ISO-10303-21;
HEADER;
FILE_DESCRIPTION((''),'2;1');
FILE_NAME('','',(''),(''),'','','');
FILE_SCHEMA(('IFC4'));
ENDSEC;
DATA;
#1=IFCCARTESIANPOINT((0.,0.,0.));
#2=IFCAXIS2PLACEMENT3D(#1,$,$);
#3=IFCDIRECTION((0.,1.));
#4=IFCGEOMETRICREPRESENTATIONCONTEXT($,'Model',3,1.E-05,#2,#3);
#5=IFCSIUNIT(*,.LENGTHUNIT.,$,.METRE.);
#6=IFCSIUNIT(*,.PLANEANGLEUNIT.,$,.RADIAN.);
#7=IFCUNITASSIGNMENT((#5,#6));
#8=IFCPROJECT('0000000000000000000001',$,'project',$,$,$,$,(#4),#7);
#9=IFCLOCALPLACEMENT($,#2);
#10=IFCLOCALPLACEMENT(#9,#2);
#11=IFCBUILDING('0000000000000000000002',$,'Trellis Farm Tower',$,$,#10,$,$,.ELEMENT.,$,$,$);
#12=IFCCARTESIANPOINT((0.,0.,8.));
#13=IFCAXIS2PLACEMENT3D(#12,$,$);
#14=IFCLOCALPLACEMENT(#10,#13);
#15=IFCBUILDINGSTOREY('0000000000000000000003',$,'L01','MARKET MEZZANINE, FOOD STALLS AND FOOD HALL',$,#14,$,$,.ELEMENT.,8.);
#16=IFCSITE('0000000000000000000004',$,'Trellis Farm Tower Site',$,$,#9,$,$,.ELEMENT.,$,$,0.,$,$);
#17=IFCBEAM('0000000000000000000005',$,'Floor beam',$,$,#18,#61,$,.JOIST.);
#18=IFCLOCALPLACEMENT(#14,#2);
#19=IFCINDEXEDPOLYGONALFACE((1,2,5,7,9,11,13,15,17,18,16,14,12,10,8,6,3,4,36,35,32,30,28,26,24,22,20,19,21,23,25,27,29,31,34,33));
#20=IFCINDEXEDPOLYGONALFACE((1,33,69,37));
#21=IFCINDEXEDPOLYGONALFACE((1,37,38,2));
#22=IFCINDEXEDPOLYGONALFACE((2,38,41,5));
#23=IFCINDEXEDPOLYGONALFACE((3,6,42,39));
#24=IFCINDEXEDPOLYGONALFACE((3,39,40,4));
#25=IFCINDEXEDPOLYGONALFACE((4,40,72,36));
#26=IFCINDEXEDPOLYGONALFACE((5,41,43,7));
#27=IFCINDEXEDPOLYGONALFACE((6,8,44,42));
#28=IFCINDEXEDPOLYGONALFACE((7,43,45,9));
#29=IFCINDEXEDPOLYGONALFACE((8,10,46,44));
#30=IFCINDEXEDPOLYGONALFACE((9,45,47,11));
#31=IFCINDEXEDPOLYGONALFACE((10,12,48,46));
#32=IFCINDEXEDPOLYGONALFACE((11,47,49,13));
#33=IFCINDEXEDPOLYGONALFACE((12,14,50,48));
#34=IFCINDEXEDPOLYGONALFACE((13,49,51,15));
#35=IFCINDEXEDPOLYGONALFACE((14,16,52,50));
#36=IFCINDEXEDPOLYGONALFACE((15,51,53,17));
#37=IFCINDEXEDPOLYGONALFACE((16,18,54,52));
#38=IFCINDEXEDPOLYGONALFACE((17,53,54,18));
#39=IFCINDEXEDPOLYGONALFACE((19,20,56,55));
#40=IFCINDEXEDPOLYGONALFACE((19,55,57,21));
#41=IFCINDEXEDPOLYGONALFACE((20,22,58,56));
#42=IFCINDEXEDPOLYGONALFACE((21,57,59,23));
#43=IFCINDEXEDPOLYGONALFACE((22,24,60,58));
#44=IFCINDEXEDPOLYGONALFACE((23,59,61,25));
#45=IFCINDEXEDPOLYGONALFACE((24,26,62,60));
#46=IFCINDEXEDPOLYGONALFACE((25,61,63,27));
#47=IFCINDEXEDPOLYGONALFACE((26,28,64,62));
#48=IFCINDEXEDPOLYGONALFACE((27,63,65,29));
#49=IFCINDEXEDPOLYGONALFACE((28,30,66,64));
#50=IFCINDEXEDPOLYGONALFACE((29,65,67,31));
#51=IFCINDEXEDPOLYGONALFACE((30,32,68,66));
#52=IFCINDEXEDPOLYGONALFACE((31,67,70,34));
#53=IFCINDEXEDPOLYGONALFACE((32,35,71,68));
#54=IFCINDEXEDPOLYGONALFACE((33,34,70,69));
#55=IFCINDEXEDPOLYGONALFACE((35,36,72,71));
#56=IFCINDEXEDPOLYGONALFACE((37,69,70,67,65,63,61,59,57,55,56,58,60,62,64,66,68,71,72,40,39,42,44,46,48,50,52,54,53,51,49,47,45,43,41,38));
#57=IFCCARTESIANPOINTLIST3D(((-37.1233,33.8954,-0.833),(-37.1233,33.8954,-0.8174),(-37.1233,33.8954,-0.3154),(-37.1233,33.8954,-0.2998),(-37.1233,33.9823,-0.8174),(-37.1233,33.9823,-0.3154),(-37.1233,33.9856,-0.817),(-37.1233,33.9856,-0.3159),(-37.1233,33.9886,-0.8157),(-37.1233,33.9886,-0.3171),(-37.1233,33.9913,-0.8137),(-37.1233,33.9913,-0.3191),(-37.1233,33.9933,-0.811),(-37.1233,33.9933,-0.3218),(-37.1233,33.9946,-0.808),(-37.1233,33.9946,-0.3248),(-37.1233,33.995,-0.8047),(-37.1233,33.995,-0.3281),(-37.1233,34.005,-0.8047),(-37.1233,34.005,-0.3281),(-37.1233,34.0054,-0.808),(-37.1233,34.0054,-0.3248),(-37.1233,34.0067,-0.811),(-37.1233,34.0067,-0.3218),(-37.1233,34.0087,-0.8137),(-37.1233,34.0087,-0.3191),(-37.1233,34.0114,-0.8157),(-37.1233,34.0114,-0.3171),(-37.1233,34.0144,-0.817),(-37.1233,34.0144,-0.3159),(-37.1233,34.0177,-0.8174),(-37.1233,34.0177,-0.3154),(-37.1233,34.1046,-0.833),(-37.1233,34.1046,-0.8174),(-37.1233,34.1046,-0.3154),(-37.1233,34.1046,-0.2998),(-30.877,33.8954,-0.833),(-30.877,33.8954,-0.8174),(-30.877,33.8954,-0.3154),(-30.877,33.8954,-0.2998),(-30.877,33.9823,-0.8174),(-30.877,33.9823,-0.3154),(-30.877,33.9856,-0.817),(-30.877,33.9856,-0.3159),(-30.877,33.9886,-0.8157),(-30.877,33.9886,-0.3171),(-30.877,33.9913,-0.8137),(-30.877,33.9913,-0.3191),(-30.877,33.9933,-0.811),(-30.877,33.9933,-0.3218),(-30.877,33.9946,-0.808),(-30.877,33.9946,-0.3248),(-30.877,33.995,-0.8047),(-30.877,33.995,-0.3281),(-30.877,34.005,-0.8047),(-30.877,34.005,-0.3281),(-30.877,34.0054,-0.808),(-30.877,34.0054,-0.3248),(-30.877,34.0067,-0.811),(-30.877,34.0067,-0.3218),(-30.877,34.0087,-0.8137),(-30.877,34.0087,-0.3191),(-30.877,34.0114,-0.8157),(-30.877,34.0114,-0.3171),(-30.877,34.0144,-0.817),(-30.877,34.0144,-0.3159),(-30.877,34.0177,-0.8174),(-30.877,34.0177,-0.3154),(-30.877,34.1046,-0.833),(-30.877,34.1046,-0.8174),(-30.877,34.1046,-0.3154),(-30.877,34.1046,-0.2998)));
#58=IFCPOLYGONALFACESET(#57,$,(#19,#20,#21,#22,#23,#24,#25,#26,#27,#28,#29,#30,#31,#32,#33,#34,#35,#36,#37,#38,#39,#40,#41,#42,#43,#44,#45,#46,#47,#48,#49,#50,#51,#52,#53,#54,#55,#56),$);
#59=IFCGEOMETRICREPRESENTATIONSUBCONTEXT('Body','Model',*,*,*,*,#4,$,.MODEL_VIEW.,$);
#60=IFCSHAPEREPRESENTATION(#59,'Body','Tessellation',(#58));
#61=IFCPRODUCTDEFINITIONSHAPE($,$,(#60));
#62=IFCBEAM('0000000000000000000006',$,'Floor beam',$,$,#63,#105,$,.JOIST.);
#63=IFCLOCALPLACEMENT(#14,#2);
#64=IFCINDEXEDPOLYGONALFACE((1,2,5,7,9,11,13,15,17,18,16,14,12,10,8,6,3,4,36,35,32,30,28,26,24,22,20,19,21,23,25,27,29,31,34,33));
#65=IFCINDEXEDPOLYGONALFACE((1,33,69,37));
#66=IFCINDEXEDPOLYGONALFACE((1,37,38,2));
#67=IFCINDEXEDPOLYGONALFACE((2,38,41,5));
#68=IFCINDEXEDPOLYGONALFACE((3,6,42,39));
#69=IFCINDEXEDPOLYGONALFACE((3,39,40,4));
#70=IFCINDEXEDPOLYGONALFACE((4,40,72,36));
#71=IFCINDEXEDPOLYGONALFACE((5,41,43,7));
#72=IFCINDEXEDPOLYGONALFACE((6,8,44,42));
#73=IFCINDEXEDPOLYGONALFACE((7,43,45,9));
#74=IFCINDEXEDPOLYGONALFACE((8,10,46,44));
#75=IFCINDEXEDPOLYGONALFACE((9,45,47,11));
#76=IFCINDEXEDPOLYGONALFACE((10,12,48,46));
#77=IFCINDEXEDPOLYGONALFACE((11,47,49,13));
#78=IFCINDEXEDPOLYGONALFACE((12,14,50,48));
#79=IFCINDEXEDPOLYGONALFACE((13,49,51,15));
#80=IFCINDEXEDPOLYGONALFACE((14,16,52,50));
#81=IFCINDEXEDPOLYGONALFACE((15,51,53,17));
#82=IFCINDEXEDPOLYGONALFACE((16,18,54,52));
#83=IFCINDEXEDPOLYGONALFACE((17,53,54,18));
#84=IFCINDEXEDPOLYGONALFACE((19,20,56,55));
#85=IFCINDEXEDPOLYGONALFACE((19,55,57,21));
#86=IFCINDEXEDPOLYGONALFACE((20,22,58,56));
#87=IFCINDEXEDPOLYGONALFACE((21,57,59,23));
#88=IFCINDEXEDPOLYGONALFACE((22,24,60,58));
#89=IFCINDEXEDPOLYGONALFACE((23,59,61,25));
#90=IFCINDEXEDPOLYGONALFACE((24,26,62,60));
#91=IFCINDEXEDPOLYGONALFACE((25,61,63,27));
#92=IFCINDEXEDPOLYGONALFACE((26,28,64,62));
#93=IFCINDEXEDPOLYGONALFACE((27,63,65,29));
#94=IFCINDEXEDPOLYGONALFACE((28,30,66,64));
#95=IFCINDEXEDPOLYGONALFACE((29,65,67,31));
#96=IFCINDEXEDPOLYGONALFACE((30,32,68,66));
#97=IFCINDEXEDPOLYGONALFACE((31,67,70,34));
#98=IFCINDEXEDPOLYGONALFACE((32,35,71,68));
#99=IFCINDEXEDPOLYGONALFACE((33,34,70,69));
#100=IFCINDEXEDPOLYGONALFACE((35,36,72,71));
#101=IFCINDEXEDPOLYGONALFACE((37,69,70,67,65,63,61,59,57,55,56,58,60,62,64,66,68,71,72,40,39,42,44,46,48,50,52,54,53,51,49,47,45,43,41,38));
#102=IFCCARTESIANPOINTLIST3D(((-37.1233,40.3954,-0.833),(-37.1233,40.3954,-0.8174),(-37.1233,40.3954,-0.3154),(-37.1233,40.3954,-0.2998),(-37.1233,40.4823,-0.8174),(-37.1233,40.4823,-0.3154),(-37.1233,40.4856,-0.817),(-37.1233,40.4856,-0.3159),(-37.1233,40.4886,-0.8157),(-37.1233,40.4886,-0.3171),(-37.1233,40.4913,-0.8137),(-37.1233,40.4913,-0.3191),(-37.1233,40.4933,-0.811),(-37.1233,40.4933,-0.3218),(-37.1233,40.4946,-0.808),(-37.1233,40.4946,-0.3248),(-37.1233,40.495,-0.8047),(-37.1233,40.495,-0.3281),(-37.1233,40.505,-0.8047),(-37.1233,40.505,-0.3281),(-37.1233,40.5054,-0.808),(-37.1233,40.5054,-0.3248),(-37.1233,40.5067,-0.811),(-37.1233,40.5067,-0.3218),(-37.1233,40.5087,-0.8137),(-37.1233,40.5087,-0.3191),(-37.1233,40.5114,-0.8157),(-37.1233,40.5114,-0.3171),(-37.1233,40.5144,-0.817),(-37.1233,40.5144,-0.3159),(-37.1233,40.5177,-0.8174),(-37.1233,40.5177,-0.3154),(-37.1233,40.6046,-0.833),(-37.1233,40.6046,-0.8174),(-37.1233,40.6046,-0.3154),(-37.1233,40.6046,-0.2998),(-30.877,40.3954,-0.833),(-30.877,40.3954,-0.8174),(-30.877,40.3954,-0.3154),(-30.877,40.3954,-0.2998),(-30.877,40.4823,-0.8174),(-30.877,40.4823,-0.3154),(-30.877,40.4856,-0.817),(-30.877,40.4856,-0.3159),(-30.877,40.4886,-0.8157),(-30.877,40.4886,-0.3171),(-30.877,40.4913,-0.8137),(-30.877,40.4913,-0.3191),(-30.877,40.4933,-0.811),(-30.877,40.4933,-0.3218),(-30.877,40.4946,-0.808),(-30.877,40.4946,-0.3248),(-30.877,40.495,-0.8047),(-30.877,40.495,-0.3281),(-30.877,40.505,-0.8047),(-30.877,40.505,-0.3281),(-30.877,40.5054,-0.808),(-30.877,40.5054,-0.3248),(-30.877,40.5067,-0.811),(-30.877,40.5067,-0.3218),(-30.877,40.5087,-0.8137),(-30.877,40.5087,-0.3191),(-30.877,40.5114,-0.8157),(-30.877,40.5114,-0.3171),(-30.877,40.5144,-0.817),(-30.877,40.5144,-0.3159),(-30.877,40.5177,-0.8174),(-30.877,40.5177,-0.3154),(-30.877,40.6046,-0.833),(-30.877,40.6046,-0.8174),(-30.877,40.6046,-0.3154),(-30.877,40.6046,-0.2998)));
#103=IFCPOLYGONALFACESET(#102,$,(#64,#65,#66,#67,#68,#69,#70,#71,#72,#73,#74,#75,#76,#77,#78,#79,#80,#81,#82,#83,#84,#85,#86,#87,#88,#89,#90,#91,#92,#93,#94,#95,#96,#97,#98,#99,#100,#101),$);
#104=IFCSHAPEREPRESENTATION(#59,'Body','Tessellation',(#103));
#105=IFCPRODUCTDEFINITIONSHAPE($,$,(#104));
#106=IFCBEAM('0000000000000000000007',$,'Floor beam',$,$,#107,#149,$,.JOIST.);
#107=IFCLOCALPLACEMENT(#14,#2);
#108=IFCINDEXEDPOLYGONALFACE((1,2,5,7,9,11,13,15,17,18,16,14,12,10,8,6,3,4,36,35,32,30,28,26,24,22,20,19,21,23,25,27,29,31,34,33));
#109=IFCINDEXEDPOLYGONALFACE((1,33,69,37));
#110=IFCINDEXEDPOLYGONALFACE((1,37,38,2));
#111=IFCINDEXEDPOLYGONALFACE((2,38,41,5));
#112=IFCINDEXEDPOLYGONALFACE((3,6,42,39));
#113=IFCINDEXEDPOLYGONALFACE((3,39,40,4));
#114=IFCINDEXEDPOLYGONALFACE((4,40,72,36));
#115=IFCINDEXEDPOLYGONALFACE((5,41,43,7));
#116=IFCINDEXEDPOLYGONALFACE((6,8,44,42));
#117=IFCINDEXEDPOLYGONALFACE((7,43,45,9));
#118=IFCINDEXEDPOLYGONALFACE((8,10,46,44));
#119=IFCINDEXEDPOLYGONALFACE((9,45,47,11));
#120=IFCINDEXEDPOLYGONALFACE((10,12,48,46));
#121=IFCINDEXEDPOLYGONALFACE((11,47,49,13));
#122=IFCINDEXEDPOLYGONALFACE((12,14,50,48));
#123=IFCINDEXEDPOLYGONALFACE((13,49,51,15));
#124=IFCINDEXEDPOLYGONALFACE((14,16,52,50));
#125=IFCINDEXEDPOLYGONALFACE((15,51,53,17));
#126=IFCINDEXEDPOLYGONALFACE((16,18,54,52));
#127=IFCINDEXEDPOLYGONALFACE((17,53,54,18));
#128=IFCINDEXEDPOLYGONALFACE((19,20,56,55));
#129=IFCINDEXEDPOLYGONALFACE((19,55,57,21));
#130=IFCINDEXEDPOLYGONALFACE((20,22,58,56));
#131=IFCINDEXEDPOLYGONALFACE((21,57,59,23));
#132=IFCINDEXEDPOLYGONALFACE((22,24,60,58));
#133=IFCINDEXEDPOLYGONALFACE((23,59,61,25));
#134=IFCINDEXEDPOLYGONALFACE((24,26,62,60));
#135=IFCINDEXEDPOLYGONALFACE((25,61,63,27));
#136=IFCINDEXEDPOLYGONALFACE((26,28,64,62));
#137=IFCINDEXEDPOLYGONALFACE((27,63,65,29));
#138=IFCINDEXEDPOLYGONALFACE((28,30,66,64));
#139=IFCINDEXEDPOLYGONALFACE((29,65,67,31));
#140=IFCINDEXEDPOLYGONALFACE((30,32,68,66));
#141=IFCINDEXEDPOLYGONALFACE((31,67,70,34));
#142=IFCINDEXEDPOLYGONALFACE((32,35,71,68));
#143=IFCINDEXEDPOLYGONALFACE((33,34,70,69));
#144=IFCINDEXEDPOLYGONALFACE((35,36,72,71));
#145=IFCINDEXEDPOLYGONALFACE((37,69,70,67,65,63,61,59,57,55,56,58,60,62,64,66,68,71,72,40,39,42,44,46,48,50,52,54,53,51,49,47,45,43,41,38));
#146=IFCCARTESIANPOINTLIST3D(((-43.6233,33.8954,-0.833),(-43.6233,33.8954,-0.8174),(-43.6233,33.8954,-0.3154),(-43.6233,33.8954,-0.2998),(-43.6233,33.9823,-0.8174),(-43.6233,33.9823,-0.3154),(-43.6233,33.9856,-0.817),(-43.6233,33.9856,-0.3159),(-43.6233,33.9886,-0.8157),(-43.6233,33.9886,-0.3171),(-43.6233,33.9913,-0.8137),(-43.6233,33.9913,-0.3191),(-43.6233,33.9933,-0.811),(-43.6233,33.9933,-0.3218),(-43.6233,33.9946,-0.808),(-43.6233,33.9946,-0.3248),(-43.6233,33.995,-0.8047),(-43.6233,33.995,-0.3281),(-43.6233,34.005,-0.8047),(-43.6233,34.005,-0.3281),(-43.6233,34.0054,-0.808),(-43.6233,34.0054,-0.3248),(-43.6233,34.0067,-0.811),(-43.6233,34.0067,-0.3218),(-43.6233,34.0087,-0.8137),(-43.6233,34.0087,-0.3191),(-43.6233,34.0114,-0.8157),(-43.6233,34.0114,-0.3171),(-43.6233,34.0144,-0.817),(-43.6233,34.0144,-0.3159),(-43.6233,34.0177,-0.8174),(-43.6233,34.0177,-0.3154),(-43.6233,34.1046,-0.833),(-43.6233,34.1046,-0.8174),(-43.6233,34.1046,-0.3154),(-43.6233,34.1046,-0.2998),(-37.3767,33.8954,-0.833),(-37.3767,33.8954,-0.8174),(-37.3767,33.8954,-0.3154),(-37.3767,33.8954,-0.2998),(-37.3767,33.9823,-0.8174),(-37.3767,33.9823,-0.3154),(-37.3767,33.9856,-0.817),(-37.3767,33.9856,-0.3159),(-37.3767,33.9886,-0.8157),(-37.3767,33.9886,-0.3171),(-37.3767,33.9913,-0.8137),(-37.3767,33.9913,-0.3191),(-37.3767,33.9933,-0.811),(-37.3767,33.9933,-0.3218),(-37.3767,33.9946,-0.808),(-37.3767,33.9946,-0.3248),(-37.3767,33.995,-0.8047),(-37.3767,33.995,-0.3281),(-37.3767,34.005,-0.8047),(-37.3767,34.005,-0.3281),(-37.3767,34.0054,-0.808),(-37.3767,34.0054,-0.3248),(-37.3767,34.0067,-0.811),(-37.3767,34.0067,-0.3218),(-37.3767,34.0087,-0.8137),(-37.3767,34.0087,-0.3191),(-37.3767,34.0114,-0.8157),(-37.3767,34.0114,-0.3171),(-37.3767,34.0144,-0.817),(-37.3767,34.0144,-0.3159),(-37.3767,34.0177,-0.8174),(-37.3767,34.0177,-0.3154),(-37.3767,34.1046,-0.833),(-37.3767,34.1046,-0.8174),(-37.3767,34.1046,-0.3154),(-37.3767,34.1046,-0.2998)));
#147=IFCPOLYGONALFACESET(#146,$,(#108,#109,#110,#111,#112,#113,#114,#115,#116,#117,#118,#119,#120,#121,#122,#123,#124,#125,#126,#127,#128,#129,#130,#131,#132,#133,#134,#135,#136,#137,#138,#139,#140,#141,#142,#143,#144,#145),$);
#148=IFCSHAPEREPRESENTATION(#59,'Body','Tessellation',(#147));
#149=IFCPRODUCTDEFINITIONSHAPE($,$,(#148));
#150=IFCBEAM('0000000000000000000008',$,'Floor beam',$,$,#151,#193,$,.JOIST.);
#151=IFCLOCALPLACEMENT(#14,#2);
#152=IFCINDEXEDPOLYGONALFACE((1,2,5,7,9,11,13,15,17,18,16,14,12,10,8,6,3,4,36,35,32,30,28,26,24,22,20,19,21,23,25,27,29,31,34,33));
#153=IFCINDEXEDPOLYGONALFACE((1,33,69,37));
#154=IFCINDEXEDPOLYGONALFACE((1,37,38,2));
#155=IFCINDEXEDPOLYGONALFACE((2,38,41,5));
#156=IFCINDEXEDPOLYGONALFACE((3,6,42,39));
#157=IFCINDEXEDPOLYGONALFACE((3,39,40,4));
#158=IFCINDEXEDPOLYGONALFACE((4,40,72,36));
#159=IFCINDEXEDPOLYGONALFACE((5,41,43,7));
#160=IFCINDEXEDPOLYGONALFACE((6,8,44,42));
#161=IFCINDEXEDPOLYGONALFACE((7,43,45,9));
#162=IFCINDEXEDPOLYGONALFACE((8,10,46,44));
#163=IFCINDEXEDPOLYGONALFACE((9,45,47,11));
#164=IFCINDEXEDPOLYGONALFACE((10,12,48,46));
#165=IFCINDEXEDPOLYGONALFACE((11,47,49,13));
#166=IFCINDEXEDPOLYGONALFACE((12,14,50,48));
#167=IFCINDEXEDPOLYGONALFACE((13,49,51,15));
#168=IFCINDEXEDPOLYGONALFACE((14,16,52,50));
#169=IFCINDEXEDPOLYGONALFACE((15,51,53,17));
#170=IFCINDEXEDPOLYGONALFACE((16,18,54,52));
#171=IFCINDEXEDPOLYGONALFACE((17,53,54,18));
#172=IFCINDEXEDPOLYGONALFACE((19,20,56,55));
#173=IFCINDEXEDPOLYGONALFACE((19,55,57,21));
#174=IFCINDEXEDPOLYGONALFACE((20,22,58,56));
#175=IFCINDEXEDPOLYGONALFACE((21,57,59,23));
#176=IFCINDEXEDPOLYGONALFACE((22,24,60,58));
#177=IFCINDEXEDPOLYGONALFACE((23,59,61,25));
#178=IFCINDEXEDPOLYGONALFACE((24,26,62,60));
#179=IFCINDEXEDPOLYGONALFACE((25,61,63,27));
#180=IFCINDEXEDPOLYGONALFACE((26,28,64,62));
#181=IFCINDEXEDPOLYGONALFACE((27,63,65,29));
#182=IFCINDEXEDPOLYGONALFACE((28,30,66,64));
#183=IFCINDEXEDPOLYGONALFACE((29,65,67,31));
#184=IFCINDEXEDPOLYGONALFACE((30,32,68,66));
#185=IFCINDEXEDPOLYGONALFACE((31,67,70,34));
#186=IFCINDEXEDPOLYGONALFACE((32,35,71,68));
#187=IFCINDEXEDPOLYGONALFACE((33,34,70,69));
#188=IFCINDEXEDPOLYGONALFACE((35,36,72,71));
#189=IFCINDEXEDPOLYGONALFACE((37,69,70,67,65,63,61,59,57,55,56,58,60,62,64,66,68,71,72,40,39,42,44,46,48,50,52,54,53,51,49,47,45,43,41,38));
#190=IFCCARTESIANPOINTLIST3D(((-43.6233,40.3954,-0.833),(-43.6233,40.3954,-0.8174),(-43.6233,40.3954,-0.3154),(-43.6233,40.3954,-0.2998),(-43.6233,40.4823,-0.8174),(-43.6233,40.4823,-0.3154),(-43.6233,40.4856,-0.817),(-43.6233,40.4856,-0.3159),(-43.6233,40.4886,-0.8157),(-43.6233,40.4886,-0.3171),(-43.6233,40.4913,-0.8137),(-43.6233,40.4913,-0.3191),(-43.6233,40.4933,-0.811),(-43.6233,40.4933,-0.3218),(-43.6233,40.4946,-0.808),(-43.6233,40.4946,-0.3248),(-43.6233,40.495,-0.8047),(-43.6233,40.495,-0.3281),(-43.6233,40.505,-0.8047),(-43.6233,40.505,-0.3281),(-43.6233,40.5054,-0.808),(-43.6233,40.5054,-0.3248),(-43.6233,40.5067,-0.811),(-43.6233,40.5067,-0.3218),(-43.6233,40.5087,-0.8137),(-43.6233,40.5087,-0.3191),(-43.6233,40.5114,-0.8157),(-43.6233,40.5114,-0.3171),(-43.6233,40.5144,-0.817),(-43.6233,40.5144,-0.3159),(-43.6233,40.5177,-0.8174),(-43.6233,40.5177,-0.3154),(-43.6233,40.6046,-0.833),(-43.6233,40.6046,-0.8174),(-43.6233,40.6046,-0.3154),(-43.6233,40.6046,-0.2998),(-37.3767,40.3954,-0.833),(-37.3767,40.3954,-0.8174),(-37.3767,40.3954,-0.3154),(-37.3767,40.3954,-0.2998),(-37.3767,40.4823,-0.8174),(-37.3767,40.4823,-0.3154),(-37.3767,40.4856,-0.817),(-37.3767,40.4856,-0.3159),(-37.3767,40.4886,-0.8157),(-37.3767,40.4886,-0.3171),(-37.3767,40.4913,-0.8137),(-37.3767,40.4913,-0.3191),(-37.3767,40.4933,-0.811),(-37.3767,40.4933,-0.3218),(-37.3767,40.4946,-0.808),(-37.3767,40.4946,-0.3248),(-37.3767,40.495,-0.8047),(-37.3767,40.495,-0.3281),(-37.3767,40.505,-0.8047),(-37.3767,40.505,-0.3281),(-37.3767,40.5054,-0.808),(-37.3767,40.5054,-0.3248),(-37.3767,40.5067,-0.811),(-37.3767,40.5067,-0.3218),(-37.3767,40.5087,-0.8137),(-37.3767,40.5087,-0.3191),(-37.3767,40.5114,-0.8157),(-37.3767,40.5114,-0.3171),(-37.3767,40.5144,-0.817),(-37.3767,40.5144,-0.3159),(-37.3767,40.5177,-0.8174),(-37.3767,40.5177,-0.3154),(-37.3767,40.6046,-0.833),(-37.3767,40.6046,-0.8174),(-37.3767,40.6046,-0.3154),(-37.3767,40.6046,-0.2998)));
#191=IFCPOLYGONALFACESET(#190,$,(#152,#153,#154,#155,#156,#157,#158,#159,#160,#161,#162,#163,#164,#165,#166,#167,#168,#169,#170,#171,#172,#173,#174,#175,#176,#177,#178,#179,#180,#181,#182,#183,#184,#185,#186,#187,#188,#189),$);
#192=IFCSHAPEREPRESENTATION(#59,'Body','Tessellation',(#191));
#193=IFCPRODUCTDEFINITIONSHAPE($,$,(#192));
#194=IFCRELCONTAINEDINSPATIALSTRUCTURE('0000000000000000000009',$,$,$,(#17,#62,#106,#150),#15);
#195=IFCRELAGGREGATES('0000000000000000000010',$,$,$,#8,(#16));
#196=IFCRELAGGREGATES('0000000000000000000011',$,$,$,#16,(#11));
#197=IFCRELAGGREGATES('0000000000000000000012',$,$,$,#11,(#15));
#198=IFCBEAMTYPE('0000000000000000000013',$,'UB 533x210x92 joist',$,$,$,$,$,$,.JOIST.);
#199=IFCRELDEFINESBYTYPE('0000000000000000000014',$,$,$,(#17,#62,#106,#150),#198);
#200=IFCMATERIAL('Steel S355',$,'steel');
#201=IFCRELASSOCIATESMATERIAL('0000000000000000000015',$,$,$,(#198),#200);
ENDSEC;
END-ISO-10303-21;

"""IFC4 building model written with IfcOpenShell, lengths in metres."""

from ifc_helpers import new_model, si_unit, direction, frame, origin, origin_2d, place, context, subcontext, project, spatial, i_section, extrude, source, transform, mapped, material, material_profile, profile_set, type_object, element, save


model = new_model("IFC4")

# Units and contexts
model_context = context("Model", 3, precision=1e-05, world=origin(), true_north=direction((0.0, 1.0)))
body_context = subcontext(model_context, "Body", "Model", "MODEL_VIEW")
ifc_project = project(units=[si_unit("LENGTHUNIT", "METRE"), si_unit("PLANEANGLEUNIT", "RADIAN")], contexts=[model_context])

# Site, building, storey
site_placement = place(None, origin())
site = spatial("IfcSite", under=ifc_project, at=site_placement, Name="Trellis Farm Tower Site", CompositionType="ELEMENT", RefElevation=0.0)
building_placement = place(site_placement, origin())
building = spatial("IfcBuilding", under=site, at=building_placement, Name="Trellis Farm Tower", CompositionType="ELEMENT")
storey_placement = place(building_placement, frame((0.0, 0.0, 8.0)))
storey = spatial("IfcBuildingStorey", under=building, at=storey_placement, Name="L01", Description="MARKET MEZZANINE, FOOD STALLS AND FOOD HALL", CompositionType="ELEMENT", Elevation=8.0)

# Beams
ifc_material_1 = material(Name="Steel S355", Category="steel")
ifc_material_profile_1 = material_profile(ifc_material_1, i_section(OverallWidth=0.2092, OverallDepth=0.5332, WebThickness=0.01, FlangeThickness=0.0156, FilletRadius=0.0127, at=origin_2d()), Name="UB 533x210x92")
ifc_profile_set_1 = profile_set([ifc_material_profile_1], Name="Steel S355")
beam_type_1 = type_object("IfcBeamType", Name="UB 533x210x92 joist", PredefinedType="JOIST", material=ifc_profile_set_1)
shared_shape_1 = source(origin(), body_context, "Body", "SweptSolid", [
    extrude(i_section(OverallWidth=0.2092, OverallDepth=0.5332, WebThickness=0.01, FlangeThickness=0.0156, FilletRadius=0.0127, at=origin_2d()), origin(), (0.0, 0.0, 1.0), 6.2463),
])
for number, where, z_axis, x_axis, name in (
    (1, (-37.1233, 34.0, -0.5664), (1.0, 0.0, 0.0), (0.0, 1.0, 0.0), "Floor beam"),
    (2, (-37.1233, 40.5, -0.5664), (1.0, 0.0, 0.0), (0.0, 1.0, 0.0), "Floor beam"),
):
    element("IfcBeam", number, at=place(storey_placement, frame(where, z_axis=z_axis, x_axis=x_axis)), inside=storey, type_object=beam_type_1, Name=name, PredefinedType="JOIST", context=body_context, shape_type="MappedRepresentation", body=[
        mapped(shared_shape_1, transform((0.0, 0.0, 0.0))),
    ])
shared_shape_2 = source(origin(), body_context, "Body", "SweptSolid", [
    extrude(i_section(OverallWidth=0.2092, OverallDepth=0.5332, WebThickness=0.01, FlangeThickness=0.0156, FilletRadius=0.0127, at=origin_2d()), origin(), (0.0, 0.0, 1.0), 6.2466),
])
for number, where, z_axis, x_axis, name in (
    (3, (-43.6233, 34.0, -0.5664), (1.0, 0.0, 0.0), (0.0, 1.0, 0.0), "Floor beam"),
    (4, (-43.6233, 40.5, -0.5664), (1.0, 0.0, 0.0), (0.0, 1.0, 0.0), "Floor beam"),
):
    element("IfcBeam", number, at=place(storey_placement, frame(where, z_axis=z_axis, x_axis=x_axis)), inside=storey, type_object=beam_type_1, Name=name, PredefinedType="JOIST", context=body_context, shape_type="MappedRepresentation", body=[
        mapped(shared_shape_2, transform((0.0, 0.0, 0.0))),
    ])

save(model, "model.ifc")
